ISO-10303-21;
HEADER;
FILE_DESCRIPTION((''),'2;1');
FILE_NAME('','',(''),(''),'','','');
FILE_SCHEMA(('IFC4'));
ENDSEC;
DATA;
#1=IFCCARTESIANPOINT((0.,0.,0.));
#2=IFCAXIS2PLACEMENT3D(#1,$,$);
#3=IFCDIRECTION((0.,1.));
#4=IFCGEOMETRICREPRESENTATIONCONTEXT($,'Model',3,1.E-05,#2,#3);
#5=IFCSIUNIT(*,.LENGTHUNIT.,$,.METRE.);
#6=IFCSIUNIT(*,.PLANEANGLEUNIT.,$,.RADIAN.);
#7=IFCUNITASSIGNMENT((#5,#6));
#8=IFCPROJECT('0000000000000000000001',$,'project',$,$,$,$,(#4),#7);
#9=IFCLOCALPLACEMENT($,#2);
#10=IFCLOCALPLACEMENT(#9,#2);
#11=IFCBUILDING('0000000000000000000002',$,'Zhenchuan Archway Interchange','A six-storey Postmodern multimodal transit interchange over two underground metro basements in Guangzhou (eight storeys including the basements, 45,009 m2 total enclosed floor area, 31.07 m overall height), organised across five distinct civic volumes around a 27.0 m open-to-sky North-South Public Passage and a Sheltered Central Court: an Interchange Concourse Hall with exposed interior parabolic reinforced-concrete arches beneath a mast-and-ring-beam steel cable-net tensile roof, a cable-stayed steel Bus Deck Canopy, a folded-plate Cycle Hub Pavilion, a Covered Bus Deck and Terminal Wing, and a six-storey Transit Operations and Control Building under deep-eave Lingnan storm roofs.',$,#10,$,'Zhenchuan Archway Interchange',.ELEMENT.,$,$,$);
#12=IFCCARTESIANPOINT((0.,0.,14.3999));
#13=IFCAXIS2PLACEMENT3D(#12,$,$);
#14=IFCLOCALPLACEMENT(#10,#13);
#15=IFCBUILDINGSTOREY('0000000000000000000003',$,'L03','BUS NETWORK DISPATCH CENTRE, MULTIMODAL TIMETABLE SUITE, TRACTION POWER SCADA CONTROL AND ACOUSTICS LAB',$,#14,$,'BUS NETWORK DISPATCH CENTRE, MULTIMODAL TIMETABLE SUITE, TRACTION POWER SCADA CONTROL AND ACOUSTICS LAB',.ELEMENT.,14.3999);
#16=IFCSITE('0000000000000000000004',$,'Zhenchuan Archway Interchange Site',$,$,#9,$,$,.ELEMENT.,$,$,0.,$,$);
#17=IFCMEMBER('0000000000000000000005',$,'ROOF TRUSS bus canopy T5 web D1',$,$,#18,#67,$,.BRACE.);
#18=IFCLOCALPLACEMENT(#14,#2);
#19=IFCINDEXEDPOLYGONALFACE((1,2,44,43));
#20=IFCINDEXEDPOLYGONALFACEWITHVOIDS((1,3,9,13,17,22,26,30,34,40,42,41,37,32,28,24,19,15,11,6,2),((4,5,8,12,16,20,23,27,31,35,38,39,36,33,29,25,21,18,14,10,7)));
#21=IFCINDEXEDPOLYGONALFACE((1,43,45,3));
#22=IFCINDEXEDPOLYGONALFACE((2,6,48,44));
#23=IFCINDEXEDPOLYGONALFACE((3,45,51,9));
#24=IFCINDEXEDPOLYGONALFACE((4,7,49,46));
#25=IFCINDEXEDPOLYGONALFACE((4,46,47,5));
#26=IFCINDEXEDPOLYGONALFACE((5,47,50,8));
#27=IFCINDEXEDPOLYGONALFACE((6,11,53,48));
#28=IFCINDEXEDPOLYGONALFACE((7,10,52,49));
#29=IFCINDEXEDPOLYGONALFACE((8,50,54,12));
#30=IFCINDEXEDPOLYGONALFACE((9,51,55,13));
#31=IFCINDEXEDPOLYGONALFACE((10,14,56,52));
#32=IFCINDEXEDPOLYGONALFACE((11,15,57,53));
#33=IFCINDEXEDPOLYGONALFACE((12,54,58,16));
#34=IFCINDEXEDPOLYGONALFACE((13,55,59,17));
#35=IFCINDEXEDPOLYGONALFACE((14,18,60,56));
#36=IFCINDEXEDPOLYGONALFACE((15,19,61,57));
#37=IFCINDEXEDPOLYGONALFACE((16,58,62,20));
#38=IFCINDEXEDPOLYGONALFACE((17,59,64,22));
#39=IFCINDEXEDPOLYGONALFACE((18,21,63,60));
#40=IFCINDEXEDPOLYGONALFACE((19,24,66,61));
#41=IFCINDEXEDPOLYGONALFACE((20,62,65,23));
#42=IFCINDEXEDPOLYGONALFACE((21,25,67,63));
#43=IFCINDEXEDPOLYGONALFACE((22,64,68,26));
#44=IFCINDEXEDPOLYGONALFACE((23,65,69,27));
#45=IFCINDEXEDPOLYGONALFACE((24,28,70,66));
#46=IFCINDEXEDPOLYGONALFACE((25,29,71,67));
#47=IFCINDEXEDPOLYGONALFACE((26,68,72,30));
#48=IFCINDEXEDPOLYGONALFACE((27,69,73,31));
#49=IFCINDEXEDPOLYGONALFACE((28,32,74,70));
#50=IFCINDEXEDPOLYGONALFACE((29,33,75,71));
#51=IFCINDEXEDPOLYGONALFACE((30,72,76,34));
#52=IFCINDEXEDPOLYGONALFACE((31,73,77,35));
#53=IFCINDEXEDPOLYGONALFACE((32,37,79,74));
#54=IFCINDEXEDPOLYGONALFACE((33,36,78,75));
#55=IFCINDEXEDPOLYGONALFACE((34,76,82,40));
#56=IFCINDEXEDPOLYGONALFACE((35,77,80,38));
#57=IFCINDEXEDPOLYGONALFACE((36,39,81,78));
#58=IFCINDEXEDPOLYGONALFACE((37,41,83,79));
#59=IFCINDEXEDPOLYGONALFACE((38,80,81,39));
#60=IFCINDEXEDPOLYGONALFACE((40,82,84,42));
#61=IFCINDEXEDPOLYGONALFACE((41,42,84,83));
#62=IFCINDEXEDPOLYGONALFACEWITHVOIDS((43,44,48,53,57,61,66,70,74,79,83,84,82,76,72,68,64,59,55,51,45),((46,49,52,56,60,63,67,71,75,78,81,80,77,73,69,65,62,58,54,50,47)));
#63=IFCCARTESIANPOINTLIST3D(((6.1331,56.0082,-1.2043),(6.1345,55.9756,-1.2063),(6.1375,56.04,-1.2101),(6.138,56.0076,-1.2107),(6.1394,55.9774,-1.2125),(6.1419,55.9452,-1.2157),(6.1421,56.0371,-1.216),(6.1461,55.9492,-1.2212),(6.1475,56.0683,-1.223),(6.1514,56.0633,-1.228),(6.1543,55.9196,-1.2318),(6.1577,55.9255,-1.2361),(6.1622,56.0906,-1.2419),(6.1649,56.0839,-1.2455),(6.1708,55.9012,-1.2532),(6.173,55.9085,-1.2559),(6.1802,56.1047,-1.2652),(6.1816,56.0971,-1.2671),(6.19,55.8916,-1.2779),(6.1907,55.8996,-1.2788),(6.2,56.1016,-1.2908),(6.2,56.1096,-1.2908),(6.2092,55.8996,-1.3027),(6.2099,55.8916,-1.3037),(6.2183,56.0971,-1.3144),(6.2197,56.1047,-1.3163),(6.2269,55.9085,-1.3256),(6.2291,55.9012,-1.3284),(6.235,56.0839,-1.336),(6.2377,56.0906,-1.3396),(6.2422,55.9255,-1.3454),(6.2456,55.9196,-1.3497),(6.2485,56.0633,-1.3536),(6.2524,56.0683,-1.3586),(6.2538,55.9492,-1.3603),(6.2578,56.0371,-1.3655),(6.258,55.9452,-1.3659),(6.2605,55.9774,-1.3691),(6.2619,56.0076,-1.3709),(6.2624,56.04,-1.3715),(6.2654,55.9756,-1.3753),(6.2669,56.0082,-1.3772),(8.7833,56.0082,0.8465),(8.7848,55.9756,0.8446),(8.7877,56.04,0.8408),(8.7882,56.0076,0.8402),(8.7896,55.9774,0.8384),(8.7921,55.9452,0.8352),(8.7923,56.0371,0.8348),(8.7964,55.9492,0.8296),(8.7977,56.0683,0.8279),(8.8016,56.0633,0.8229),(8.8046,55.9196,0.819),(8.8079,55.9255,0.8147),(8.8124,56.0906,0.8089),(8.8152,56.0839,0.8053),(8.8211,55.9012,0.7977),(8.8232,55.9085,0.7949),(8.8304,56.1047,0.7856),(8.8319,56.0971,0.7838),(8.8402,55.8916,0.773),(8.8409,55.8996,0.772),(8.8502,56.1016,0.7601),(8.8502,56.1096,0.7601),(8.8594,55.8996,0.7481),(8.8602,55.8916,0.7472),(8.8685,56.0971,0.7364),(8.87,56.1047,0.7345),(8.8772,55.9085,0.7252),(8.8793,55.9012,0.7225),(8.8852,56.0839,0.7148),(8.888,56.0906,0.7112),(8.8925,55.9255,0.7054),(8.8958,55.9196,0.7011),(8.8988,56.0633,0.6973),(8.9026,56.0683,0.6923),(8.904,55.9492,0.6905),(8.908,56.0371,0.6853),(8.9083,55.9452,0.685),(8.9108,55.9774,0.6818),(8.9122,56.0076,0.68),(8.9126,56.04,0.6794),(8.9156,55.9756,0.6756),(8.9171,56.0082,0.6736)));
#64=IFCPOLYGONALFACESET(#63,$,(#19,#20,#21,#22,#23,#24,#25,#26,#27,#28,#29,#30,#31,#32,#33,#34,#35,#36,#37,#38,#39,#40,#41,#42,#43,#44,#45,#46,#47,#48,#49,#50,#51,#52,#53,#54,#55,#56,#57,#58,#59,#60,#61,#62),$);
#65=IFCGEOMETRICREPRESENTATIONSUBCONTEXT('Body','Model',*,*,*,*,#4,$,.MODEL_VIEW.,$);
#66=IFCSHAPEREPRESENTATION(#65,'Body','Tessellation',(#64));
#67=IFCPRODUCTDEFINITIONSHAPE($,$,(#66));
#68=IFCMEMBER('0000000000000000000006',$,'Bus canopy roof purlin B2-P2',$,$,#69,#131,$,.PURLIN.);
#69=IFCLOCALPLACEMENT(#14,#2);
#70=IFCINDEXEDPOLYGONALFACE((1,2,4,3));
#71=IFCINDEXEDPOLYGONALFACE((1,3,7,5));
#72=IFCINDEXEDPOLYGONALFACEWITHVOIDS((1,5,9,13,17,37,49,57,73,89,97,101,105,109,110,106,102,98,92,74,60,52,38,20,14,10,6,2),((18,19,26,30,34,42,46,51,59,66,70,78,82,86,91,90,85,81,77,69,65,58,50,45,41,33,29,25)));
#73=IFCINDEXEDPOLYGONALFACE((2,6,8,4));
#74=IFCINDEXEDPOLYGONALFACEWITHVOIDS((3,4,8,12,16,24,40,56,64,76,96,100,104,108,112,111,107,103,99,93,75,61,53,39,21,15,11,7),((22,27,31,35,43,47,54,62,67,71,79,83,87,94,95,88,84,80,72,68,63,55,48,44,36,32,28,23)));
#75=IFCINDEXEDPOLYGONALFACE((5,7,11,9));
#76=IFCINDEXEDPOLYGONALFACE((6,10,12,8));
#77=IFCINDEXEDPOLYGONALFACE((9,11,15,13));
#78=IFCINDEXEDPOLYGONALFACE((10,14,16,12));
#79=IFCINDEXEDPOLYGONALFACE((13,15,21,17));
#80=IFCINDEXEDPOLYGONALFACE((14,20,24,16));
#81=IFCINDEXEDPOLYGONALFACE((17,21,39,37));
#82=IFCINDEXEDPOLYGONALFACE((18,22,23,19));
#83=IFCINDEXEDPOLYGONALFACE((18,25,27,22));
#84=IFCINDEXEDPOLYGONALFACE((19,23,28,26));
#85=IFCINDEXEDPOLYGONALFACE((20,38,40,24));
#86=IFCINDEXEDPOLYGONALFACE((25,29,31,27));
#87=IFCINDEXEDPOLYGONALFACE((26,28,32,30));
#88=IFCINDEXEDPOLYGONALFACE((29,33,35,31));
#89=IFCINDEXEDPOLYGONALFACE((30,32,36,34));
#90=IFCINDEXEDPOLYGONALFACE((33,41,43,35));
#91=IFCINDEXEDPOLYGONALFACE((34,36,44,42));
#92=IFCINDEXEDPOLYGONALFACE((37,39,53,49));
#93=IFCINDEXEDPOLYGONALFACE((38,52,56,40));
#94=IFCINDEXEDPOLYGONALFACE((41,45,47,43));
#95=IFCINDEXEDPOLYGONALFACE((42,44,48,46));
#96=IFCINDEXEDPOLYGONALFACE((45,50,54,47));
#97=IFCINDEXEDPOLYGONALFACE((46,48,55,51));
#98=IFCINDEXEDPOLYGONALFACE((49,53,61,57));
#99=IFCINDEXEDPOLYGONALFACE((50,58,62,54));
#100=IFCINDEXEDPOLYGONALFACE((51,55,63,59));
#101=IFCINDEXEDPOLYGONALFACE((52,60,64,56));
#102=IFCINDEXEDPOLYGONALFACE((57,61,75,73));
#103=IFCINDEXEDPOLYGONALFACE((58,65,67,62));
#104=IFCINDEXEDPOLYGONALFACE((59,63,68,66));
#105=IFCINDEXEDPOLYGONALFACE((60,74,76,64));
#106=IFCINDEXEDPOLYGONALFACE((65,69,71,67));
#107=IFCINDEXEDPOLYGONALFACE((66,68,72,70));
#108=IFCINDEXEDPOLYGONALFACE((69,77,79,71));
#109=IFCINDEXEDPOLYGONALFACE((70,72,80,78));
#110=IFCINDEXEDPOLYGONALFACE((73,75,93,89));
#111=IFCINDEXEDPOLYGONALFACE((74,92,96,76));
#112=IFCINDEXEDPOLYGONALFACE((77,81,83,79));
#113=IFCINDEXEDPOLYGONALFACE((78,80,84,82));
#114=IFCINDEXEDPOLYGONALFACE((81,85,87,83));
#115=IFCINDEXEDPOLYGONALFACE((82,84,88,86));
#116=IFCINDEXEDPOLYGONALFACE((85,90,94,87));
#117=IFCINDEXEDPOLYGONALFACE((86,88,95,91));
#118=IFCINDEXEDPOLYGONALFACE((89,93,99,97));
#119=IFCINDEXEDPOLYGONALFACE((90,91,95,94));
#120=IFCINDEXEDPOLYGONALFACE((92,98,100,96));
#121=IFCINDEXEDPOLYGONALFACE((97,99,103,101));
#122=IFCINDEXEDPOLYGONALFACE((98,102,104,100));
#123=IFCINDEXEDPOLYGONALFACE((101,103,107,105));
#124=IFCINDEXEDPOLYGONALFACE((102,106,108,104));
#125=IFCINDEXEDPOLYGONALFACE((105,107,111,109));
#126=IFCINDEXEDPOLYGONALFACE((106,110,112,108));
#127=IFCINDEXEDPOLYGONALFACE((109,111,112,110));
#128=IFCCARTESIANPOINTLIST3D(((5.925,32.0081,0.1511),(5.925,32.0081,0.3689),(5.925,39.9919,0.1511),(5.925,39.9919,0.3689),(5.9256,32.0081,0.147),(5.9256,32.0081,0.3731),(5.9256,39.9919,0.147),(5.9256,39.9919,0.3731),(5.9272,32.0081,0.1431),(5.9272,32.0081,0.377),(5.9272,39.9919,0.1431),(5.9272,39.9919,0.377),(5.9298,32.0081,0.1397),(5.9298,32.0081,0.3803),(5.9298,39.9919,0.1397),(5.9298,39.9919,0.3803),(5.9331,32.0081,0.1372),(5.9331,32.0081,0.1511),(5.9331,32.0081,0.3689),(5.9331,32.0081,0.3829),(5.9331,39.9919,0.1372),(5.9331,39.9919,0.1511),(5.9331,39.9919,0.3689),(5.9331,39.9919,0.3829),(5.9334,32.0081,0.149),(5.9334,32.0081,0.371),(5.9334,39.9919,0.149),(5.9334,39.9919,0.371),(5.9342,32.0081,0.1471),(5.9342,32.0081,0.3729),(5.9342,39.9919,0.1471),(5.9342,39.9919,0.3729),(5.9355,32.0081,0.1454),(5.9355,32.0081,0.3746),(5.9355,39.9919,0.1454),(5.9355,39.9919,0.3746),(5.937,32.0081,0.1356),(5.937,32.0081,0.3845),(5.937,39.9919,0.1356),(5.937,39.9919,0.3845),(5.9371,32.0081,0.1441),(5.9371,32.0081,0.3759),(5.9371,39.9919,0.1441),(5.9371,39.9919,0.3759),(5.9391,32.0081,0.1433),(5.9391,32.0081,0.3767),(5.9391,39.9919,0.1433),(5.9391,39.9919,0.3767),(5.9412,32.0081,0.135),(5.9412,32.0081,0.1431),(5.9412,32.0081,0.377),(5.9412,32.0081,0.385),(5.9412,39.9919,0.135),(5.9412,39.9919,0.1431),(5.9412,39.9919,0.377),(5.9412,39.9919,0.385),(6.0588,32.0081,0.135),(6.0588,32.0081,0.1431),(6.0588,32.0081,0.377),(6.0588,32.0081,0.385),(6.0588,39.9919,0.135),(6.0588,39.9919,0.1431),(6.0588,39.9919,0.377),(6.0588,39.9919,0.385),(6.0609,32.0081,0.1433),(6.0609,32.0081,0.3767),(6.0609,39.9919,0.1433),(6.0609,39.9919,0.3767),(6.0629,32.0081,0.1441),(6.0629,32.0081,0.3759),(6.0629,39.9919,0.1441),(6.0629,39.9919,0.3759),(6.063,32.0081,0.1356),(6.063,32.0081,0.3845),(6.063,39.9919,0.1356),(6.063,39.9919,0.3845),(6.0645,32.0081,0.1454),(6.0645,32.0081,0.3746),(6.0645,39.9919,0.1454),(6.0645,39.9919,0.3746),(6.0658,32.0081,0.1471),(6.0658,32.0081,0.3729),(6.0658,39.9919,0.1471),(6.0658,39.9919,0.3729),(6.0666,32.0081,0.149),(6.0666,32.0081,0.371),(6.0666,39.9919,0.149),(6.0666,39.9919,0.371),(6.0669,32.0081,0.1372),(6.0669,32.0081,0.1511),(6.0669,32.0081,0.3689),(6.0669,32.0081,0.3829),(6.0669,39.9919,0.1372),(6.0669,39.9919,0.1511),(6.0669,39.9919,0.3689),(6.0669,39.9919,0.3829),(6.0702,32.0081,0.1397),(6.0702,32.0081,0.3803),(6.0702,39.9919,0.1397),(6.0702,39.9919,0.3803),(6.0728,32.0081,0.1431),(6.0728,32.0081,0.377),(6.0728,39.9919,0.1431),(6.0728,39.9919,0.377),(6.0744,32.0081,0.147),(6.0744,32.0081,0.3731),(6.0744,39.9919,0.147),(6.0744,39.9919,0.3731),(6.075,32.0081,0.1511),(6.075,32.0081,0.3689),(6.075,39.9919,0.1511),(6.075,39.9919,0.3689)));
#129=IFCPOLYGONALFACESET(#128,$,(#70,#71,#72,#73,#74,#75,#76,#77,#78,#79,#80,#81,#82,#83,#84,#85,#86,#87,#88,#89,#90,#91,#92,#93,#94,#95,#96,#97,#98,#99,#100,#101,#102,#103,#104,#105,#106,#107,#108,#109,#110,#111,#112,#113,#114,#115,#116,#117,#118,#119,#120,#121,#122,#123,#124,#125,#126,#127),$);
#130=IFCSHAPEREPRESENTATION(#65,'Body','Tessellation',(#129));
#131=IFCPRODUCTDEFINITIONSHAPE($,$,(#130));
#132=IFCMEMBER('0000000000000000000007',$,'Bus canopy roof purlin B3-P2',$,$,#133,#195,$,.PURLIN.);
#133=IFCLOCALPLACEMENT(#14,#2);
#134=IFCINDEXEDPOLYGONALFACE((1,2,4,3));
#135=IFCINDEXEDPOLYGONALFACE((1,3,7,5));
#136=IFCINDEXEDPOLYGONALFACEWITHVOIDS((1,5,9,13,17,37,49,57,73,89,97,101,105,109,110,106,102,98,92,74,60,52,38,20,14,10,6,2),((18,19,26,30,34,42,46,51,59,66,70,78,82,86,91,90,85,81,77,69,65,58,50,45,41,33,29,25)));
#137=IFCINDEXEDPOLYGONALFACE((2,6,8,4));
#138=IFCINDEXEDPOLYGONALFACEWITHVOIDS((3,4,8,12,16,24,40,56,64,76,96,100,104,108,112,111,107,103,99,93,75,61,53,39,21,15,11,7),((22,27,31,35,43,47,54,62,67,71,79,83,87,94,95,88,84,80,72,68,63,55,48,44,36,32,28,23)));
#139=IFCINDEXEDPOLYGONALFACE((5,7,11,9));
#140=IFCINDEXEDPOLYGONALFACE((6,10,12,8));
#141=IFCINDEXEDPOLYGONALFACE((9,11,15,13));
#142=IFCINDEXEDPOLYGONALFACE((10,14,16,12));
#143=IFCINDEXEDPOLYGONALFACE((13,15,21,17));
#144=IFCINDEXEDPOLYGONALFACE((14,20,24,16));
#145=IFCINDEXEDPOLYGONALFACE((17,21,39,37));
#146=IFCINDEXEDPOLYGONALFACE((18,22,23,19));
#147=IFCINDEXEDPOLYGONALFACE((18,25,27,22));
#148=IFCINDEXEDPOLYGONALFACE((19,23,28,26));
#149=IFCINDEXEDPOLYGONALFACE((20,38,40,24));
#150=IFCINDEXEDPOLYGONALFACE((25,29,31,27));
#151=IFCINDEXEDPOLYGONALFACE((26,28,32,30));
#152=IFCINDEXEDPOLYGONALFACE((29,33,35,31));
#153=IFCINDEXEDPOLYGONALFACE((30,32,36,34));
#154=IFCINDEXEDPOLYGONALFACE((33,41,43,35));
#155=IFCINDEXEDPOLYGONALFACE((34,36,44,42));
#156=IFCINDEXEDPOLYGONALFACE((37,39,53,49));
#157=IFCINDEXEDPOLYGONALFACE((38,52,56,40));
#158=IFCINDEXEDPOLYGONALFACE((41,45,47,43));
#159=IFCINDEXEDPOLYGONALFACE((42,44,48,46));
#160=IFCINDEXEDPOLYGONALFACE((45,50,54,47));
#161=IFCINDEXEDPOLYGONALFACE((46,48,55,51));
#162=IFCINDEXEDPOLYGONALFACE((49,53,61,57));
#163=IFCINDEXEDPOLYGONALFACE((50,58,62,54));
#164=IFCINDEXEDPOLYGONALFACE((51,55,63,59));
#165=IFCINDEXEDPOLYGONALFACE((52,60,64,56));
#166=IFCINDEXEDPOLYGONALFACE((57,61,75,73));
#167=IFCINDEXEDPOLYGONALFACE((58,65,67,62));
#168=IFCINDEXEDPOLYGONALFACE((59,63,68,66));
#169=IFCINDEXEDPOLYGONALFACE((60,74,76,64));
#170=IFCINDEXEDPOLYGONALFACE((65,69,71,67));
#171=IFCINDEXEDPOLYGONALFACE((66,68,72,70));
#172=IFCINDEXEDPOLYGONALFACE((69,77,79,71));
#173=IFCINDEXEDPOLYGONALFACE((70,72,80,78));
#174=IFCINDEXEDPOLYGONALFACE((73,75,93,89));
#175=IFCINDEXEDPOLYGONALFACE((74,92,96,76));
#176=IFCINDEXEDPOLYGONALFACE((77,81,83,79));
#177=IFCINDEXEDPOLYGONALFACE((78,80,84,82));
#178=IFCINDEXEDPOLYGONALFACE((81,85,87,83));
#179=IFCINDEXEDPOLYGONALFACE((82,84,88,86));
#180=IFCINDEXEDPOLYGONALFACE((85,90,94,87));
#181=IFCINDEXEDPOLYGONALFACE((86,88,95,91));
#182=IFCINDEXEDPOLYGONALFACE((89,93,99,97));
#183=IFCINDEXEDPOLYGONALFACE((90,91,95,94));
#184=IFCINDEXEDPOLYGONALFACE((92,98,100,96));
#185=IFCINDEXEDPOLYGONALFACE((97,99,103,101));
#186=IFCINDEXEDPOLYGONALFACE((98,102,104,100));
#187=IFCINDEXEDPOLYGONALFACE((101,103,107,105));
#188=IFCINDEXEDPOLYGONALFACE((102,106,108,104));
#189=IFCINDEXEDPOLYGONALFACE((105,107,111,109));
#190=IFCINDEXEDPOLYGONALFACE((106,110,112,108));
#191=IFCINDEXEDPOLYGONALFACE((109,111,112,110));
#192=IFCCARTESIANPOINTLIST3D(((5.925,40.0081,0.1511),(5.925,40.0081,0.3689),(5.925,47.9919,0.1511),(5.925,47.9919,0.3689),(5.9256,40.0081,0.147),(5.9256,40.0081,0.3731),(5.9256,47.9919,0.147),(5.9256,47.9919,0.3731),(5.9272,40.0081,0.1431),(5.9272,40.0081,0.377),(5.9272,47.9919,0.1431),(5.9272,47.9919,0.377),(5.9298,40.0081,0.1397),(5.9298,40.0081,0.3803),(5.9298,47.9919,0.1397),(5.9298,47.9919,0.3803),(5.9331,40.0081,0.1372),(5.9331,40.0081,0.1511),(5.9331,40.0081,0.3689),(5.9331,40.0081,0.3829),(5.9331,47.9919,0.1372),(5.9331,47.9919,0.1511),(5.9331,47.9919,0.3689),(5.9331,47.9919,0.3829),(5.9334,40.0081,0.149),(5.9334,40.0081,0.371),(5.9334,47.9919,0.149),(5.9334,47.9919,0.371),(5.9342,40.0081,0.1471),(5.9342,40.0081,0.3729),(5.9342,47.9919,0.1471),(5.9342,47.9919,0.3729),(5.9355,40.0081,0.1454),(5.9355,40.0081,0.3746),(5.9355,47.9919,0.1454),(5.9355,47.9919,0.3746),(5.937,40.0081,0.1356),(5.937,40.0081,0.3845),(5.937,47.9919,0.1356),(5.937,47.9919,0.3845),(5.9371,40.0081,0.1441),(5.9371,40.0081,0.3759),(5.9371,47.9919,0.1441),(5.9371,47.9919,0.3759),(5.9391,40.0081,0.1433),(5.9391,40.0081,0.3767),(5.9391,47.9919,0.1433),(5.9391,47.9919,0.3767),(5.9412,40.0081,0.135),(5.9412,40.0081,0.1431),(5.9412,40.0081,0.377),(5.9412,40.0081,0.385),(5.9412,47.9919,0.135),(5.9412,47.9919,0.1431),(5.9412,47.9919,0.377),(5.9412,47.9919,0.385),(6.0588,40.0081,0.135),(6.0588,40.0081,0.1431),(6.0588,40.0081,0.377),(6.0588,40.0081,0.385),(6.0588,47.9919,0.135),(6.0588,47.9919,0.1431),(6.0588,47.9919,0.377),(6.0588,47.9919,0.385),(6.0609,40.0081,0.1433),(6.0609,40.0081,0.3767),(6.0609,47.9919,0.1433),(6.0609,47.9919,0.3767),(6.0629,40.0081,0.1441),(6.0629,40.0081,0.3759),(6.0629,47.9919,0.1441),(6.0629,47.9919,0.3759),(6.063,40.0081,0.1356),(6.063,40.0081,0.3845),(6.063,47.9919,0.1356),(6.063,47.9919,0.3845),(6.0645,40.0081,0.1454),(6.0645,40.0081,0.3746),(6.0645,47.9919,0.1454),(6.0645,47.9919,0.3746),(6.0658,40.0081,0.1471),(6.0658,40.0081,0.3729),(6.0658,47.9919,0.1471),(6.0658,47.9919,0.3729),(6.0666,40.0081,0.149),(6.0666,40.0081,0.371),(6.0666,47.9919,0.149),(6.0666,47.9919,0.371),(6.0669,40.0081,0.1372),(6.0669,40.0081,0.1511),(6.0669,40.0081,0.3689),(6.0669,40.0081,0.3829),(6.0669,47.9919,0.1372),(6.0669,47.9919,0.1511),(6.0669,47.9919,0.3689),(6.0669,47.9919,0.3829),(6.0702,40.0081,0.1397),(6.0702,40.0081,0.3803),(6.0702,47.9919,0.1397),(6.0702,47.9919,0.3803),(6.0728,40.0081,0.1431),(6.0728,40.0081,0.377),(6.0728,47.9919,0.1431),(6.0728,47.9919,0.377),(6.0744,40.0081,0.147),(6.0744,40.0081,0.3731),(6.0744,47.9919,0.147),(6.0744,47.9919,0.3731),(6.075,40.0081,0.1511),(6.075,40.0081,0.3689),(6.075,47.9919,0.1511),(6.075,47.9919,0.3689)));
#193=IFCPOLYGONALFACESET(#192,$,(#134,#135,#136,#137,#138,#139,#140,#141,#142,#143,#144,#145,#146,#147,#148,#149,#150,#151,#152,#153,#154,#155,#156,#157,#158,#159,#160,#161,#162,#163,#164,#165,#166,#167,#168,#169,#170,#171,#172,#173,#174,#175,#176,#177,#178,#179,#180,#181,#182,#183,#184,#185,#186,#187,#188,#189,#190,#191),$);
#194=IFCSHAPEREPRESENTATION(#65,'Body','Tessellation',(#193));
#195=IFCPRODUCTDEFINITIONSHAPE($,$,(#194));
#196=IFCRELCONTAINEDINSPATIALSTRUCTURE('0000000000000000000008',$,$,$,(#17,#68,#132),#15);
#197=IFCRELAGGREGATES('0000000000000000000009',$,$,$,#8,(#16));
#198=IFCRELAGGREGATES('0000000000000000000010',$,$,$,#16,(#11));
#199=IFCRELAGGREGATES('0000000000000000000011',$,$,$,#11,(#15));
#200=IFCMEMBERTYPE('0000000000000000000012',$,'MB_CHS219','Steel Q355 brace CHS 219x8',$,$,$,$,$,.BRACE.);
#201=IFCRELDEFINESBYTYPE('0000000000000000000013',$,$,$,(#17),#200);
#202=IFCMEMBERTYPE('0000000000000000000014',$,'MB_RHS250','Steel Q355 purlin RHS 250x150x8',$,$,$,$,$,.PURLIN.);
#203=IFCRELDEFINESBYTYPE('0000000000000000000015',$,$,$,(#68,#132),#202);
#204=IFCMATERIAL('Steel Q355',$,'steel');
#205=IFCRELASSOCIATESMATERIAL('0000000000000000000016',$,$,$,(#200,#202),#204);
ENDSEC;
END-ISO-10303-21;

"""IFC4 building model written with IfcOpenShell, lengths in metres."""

from ifc_helpers import new_model, si_unit, direction, frame, origin, origin_2d, place, context, subcontext, project, spatial, hollow_rectangle, hollow_circle, extrude, material, material_profile, profile_set, type_object, element, save


model = new_model("IFC4")

# Units and contexts
model_context = context("Model", 3, precision=1e-05, world=origin(), true_north=direction((0.0, 1.0)))
body_context = subcontext(model_context, "Body", "Model", "MODEL_VIEW")
ifc_project = project(units=[si_unit("LENGTHUNIT", "METRE"), si_unit("PLANEANGLEUNIT", "RADIAN")], contexts=[model_context])

# Site, building, storey
site_placement = place(None, origin())
site = spatial("IfcSite", under=ifc_project, at=site_placement, Name="Zhenchuan Archway Interchange Site", CompositionType="ELEMENT", RefElevation=0.0)
building_placement = place(site_placement, origin())
building = spatial("IfcBuilding", under=site, at=building_placement, Name="Zhenchuan Archway Interchange", Description="A six-storey Postmodern multimodal transit interchange over two underground metro basements in Guangzhou (eight storeys including the basements, 45,009 m2 total enclosed floor area, 31.07 m overall height), organised across five distinct civic volumes around a 27.0 m open-to-sky North-South Public Passage and a Sheltered Central Court: an Interchange Concourse Hall with exposed interior parabolic reinforced-concrete arches beneath a mast-and-ring-beam steel cable-net tensile roof, a cable-stayed steel Bus Deck Canopy, a folded-plate Cycle Hub Pavilion, a Covered Bus Deck and Terminal Wing, and a six-storey Transit Operations and Control Building under deep-eave Lingnan storm roofs.", LongName="Zhenchuan Archway Interchange", CompositionType="ELEMENT")
storey_placement = place(building_placement, frame((0.0, 0.0, 14.3999)))
storey = spatial("IfcBuildingStorey", under=building, at=storey_placement, Name="L03", Description="BUS NETWORK DISPATCH CENTRE, MULTIMODAL TIMETABLE SUITE, TRACTION POWER SCADA CONTROL AND ACOUSTICS LAB", LongName="BUS NETWORK DISPATCH CENTRE, MULTIMODAL TIMETABLE SUITE, TRACTION POWER SCADA CONTROL AND ACOUSTICS LAB", CompositionType="ELEMENT", Elevation=14.3999)

# Shared definitions
ifc_material_1 = material(Name="Steel Q355", Category="steel")

# Members
ifc_material_profile_1 = material_profile(ifc_material_1, hollow_circle(Radius=0.1096, WallThickness=0.0081, at=origin_2d()), Name="CHS 219x8")
ifc_profile_set_1 = profile_set([ifc_material_profile_1], Name="Steel Q355")
member_type_1 = type_object("IfcMemberType", Name="MB_CHS219", Description="Steel Q355 brace CHS 219x8", PredefinedType="BRACE", material=ifc_profile_set_1)
member_1_placement = place(storey_placement, frame((6.2, 56.0, -1.2908), z_axis=(0.79086, 0.0, 0.611997), x_axis=(0.0, 1.0, 0.0)))
element("IfcMember", 1, at=member_1_placement, inside=storey, type_object=member_type_1, Name="ROOF TRUSS bus canopy T5 web D1", PredefinedType="BRACE", context=body_context, shape_type="SweptSolid", body=[
    extrude(hollow_circle(Radius=0.1096, WallThickness=0.0081, at=origin_2d()), origin(), (0.0, 0.0, 1.0), 3.3511),
])
ifc_material_profile_2 = material_profile(ifc_material_1, hollow_rectangle(XDim=0.1499, YDim=0.25, WallThickness=0.0081, InnerFilletRadius=0.0081, OuterFilletRadius=0.0161, at=origin_2d()), Name="RHS 250x150x8")
ifc_profile_set_2 = profile_set([ifc_material_profile_2], Name="Steel Q355")
member_type_2 = type_object("IfcMemberType", Name="MB_RHS250", Description="Steel Q355 purlin RHS 250x150x8", PredefinedType="PURLIN", material=ifc_profile_set_2)
for number, where, z_axis, x_axis, name in (
    (2, (6.0, 32.0081, 0.26), (0.0, 1.0, 0.0), (-1.0, 0.0, 0.0), "Bus canopy roof purlin B2-P2"),
    (3, (6.0, 40.0081, 0.26), (0.0, 1.0, 0.0), (-1.0, 0.0, 0.0), "Bus canopy roof purlin B3-P2"),
):
    element("IfcMember", number, at=place(storey_placement, frame(where, z_axis=z_axis, x_axis=x_axis)), inside=storey, type_object=member_type_2, Name=name, PredefinedType="PURLIN", context=body_context, shape_type="SweptSolid", body=[
        extrude(hollow_rectangle(XDim=0.1499, YDim=0.25, WallThickness=0.0081, InnerFilletRadius=0.0081, OuterFilletRadius=0.0161, at=origin_2d()), origin(), (0.0, 0.0, 1.0), 7.9839),
    ])

save(model, "model.ifc")
